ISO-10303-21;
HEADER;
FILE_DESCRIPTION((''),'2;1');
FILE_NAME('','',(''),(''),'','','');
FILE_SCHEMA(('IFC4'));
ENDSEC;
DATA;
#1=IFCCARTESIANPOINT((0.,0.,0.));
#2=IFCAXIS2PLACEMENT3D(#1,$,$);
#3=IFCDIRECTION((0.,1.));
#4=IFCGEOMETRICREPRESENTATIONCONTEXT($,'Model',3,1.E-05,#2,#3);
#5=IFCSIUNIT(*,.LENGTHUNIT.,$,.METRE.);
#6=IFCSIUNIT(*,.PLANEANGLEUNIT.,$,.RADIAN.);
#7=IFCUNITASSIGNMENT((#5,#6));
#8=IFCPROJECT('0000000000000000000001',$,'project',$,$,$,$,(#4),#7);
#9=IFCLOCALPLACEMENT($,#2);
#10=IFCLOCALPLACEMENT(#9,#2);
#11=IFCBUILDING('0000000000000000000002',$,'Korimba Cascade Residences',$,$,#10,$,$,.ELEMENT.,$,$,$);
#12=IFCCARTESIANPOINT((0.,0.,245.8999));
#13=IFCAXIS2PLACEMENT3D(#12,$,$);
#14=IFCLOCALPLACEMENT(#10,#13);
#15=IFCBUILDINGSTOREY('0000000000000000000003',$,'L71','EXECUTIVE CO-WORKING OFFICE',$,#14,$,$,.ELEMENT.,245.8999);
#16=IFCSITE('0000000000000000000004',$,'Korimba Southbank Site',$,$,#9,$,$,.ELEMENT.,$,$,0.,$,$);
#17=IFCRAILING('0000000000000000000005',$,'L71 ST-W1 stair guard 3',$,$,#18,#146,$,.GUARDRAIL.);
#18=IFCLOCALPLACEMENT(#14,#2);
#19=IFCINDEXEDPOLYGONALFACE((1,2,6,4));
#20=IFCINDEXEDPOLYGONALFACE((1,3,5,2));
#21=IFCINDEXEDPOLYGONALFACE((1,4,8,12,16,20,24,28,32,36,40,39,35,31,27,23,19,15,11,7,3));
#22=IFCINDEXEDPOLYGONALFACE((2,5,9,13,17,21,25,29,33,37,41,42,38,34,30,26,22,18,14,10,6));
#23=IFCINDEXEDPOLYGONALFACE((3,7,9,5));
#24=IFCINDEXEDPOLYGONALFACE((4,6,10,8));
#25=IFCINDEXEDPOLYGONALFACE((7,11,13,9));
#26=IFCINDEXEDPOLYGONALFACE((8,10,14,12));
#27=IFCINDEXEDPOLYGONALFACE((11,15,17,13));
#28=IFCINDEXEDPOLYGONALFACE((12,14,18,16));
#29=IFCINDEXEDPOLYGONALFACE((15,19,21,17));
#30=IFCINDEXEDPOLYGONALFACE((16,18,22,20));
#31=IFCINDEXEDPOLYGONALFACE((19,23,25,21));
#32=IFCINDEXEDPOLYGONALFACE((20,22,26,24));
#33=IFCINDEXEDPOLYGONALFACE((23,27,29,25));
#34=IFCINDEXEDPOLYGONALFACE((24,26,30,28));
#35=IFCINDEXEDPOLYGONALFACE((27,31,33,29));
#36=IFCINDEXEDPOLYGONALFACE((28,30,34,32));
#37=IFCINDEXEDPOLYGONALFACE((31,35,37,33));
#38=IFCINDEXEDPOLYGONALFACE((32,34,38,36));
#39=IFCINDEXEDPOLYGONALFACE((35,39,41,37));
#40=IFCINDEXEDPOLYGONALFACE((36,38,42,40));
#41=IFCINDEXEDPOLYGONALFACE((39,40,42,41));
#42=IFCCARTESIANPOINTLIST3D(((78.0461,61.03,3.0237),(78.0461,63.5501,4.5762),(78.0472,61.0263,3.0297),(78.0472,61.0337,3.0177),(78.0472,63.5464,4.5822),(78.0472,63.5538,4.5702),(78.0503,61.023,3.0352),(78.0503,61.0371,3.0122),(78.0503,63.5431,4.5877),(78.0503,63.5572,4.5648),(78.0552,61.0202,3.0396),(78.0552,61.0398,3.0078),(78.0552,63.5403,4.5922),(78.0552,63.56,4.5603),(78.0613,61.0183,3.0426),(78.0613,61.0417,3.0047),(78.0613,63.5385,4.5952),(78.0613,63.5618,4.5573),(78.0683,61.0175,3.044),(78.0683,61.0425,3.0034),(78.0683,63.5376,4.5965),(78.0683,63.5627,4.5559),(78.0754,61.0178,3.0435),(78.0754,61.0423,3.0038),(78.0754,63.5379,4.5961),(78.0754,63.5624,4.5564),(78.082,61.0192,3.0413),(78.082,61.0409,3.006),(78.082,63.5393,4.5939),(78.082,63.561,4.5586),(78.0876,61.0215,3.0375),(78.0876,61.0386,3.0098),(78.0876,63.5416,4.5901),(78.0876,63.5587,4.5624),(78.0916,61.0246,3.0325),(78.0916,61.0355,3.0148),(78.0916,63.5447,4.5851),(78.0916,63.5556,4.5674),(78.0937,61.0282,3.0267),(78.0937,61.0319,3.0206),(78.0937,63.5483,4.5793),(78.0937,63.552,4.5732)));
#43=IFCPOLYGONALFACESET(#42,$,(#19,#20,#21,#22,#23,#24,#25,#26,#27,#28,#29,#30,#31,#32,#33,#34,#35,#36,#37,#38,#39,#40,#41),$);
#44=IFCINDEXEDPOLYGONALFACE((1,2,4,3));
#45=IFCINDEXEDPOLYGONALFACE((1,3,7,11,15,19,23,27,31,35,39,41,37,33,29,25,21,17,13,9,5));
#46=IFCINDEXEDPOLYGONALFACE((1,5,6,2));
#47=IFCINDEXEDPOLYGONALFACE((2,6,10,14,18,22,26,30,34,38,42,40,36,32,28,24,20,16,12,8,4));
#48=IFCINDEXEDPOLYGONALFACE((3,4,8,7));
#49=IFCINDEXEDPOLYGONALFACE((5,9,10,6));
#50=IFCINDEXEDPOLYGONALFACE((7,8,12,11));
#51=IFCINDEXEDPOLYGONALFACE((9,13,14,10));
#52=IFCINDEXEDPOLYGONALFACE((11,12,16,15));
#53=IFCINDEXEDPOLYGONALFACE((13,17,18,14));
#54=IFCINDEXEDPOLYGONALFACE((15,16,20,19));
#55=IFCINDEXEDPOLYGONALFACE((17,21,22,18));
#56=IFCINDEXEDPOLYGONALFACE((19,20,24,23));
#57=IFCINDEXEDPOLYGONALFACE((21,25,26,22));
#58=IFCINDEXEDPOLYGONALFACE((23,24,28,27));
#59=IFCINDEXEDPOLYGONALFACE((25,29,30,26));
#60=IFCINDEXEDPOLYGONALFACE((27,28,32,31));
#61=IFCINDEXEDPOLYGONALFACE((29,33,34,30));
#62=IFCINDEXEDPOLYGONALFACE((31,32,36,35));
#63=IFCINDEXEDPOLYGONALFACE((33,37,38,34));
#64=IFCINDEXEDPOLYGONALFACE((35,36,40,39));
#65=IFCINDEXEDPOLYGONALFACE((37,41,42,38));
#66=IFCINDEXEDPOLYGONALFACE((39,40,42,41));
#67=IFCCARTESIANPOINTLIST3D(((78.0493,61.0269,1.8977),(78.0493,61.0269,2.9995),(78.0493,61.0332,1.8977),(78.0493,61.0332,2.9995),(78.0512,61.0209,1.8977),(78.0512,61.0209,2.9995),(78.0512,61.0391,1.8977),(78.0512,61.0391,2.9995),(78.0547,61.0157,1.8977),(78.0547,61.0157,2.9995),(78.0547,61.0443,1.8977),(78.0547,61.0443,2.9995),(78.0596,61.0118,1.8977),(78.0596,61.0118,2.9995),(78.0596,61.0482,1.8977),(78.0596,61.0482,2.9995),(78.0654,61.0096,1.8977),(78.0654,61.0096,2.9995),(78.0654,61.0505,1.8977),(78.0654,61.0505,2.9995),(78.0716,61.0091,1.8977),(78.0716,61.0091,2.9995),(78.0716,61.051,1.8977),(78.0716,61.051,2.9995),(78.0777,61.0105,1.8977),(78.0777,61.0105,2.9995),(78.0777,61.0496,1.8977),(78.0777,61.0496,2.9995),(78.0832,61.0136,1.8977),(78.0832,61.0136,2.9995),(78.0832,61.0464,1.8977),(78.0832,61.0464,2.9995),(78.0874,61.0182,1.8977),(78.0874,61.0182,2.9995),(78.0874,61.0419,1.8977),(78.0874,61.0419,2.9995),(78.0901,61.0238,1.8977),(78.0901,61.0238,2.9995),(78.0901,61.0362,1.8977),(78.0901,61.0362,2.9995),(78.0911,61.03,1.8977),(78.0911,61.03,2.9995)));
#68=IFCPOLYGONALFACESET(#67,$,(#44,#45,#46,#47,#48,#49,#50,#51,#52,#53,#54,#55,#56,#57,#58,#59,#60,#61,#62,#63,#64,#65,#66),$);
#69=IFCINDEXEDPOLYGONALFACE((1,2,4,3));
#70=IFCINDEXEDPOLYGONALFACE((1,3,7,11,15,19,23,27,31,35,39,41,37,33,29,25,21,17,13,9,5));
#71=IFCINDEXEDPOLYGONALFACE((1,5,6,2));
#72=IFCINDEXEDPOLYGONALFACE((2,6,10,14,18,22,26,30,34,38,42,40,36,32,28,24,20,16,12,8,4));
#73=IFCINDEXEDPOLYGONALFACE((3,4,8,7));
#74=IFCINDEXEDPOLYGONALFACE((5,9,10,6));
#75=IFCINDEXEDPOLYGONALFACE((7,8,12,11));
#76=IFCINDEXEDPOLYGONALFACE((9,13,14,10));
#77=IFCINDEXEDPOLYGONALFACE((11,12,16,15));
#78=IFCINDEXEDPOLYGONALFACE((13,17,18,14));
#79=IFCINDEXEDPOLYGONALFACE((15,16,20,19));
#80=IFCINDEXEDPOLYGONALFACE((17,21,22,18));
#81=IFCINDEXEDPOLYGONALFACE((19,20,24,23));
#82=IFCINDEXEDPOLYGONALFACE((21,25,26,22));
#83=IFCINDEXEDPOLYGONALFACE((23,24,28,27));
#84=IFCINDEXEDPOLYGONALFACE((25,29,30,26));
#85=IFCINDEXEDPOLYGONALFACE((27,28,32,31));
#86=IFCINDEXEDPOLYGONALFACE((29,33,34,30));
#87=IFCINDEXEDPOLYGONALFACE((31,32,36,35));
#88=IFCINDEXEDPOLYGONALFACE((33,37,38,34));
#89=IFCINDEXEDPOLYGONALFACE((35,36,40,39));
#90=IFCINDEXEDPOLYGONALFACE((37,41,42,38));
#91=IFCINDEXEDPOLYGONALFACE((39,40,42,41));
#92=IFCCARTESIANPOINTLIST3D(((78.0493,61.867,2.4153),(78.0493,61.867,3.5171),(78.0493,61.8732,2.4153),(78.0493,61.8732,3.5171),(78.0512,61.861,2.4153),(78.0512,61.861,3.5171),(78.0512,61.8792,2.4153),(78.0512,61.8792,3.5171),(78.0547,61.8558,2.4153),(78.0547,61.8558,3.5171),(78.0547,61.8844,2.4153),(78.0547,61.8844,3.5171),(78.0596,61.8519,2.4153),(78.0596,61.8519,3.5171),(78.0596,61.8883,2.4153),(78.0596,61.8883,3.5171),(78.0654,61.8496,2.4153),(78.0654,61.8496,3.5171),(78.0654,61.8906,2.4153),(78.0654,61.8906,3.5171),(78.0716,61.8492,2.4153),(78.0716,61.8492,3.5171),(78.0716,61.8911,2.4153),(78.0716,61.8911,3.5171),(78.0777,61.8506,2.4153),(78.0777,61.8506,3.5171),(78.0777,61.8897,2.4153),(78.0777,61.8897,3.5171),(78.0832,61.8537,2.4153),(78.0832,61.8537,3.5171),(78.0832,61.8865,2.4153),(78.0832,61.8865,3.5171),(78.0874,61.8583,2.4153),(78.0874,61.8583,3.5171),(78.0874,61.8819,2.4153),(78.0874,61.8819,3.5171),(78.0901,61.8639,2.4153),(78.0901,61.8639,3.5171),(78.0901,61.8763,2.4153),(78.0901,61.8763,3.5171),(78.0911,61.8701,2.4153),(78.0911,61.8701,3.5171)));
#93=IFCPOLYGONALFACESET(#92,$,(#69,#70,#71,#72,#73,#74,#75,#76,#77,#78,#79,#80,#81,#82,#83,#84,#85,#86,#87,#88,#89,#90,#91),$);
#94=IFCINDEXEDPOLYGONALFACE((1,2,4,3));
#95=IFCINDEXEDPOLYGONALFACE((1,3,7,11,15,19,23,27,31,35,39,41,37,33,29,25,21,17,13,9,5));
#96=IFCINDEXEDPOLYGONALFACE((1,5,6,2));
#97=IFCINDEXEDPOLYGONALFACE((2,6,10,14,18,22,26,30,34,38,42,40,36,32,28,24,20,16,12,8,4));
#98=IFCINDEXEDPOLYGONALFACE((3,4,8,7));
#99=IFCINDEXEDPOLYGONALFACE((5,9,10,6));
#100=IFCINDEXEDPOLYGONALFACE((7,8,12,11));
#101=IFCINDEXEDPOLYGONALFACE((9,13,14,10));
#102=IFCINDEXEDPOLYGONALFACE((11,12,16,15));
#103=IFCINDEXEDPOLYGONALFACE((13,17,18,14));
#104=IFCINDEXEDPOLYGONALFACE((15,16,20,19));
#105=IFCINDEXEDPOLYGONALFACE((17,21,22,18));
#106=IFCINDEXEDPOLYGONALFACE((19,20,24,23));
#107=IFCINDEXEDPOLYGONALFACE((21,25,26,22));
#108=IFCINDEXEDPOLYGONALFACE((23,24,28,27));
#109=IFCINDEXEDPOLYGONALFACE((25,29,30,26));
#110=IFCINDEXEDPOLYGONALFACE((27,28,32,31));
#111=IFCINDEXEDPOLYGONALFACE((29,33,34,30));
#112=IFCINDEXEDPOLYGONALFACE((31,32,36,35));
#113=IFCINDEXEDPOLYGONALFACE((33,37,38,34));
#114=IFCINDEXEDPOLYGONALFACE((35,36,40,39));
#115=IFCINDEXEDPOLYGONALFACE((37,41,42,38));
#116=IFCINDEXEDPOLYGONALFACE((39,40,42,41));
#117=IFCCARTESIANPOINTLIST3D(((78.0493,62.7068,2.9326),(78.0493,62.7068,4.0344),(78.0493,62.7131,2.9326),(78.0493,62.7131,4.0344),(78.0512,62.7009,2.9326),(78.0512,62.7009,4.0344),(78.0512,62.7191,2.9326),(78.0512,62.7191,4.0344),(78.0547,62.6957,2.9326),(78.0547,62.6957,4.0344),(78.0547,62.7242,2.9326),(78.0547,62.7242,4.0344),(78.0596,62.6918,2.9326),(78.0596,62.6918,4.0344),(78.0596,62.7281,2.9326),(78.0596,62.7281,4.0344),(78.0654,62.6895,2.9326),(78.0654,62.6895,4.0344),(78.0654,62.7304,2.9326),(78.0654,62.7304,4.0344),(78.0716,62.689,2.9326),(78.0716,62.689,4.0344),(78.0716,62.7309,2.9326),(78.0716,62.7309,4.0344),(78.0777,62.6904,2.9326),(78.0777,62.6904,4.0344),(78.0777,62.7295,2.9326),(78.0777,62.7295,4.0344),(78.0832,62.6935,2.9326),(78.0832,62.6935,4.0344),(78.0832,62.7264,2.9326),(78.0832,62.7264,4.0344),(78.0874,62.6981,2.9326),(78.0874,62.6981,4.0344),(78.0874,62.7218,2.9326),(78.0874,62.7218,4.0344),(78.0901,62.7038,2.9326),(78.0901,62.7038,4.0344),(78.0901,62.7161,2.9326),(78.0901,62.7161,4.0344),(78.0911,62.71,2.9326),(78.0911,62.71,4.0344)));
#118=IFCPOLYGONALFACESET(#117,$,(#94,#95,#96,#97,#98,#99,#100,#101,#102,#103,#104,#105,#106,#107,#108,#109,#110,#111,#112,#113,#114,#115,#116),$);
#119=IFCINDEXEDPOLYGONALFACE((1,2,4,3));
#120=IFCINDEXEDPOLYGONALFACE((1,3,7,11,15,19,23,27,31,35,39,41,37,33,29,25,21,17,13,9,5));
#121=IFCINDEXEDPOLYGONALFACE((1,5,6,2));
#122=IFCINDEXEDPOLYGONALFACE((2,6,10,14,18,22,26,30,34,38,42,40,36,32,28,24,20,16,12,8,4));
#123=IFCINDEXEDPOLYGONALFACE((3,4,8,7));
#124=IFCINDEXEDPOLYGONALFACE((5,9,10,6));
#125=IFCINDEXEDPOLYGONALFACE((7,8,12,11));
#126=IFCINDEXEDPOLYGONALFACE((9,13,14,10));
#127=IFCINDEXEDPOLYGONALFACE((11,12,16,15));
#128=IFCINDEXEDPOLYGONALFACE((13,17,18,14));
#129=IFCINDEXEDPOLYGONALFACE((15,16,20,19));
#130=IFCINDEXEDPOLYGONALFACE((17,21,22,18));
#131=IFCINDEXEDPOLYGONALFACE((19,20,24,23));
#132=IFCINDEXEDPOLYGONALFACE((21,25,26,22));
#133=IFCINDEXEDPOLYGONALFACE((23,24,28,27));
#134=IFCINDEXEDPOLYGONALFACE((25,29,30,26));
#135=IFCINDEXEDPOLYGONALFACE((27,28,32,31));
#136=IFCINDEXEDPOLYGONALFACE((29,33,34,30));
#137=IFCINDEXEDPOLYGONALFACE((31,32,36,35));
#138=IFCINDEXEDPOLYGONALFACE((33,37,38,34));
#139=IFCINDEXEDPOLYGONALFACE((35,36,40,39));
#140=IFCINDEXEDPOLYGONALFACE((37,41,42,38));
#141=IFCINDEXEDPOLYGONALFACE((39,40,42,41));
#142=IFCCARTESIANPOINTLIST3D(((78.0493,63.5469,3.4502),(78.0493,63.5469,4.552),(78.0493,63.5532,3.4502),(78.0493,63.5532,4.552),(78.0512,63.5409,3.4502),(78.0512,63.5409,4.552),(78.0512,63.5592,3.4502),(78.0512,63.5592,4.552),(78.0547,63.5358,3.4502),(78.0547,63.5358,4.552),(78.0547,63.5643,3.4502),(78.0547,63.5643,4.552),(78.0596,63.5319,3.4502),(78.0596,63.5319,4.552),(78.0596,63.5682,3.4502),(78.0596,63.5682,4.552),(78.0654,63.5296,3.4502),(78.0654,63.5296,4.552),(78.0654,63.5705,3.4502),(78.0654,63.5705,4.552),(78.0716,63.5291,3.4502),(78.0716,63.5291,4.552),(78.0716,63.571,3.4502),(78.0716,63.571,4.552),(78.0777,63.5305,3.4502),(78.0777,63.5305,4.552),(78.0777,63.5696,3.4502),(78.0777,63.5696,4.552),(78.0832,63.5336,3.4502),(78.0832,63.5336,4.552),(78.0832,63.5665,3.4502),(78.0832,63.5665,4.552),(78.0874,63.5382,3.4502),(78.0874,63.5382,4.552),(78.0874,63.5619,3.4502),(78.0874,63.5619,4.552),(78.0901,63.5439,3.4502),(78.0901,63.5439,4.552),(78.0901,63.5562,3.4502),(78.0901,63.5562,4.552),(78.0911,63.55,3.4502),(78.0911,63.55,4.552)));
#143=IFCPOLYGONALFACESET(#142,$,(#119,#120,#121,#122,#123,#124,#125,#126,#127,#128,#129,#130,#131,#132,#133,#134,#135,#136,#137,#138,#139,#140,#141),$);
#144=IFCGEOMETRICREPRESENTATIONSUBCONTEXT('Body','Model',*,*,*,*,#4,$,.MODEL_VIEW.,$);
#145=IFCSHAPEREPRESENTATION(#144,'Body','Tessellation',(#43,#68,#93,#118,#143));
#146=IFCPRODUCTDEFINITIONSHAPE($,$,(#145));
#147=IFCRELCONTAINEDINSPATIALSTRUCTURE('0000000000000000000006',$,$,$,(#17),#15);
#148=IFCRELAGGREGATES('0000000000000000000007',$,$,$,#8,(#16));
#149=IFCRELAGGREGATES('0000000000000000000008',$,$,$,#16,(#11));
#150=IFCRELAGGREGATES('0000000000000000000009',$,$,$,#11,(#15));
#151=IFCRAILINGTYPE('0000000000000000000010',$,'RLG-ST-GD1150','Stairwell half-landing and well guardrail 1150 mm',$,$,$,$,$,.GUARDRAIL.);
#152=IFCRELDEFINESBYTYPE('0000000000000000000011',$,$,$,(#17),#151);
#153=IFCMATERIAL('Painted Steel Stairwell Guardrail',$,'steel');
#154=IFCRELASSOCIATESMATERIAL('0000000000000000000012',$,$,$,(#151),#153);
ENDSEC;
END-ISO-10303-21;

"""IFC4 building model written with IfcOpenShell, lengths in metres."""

from ifc_helpers import new_model, si_unit, direction, frame, origin, origin_2d, place, context, subcontext, project, spatial, circle, extrude, material, type_object, element, save


model = new_model("IFC4")

# Units and contexts
model_context = context("Model", 3, precision=1e-05, world=origin(), true_north=direction((0.0, 1.0)))
body_context = subcontext(model_context, "Body", "Model", "MODEL_VIEW")
ifc_project = project(units=[si_unit("LENGTHUNIT", "METRE"), si_unit("PLANEANGLEUNIT", "RADIAN")], contexts=[model_context])

# Site, building, storey
site_placement = place(None, origin())
site = spatial("IfcSite", under=ifc_project, at=site_placement, Name="Korimba Southbank Site", CompositionType="ELEMENT", RefElevation=0.0)
building_placement = place(site_placement, origin())
building = spatial("IfcBuilding", under=site, at=building_placement, Name="Korimba Cascade Residences", CompositionType="ELEMENT")
storey_placement = place(building_placement, frame((0.0, 0.0, 245.8999)))
storey = spatial("IfcBuildingStorey", under=building, at=storey_placement, Name="L71", Description="EXECUTIVE CO-WORKING OFFICE", CompositionType="ELEMENT", Elevation=245.8999)

# Railing
ifc_material_1 = material(Name="Painted Steel Stairwell Guardrail", Category="steel")
railing_type_1 = type_object("IfcRailingType", Name="RLG-ST-GD1150", Description="Stairwell half-landing and well guardrail 1150 mm", PredefinedType="GUARDRAIL", material=ifc_material_1)
railing_1_placement = place(storey_placement, frame((78.0701, 61.03, 1.8977)))
element("IfcRailing", 1, at=railing_1_placement, inside=storey, type_object=railing_type_1, Name="L71 ST-W1 stair guard 3", PredefinedType="GUARDRAIL", context=body_context, shape_type="SweptSolid", body=[
    extrude(circle(Radius=0.0239, at=origin_2d()), frame((0.0, 0.0, 1.126), z_axis=(0.0, 0.8514, 0.524516), x_axis=(-1.0, 0.0, 0.0)), (0.0, 0.0, 1.0), 2.96),
    extrude(circle(Radius=0.021, at=origin_2d()), origin(), (0.0, 0.0, 1.0), 1.1018),
    extrude(circle(Radius=0.021, at=origin_2d()), frame((0.0, 0.8401, 0.5176)), (0.0, 0.0, 1.0), 1.1018),
    extrude(circle(Radius=0.021, at=origin_2d()), frame((0.0, 1.6799, 1.0349)), (0.0, 0.0, 1.0), 1.1018),
    extrude(circle(Radius=0.021, at=origin_2d()), frame((0.0, 2.52, 1.5525)), (0.0, 0.0, 1.0), 1.1018),
])

save(model, "model.ifc")
